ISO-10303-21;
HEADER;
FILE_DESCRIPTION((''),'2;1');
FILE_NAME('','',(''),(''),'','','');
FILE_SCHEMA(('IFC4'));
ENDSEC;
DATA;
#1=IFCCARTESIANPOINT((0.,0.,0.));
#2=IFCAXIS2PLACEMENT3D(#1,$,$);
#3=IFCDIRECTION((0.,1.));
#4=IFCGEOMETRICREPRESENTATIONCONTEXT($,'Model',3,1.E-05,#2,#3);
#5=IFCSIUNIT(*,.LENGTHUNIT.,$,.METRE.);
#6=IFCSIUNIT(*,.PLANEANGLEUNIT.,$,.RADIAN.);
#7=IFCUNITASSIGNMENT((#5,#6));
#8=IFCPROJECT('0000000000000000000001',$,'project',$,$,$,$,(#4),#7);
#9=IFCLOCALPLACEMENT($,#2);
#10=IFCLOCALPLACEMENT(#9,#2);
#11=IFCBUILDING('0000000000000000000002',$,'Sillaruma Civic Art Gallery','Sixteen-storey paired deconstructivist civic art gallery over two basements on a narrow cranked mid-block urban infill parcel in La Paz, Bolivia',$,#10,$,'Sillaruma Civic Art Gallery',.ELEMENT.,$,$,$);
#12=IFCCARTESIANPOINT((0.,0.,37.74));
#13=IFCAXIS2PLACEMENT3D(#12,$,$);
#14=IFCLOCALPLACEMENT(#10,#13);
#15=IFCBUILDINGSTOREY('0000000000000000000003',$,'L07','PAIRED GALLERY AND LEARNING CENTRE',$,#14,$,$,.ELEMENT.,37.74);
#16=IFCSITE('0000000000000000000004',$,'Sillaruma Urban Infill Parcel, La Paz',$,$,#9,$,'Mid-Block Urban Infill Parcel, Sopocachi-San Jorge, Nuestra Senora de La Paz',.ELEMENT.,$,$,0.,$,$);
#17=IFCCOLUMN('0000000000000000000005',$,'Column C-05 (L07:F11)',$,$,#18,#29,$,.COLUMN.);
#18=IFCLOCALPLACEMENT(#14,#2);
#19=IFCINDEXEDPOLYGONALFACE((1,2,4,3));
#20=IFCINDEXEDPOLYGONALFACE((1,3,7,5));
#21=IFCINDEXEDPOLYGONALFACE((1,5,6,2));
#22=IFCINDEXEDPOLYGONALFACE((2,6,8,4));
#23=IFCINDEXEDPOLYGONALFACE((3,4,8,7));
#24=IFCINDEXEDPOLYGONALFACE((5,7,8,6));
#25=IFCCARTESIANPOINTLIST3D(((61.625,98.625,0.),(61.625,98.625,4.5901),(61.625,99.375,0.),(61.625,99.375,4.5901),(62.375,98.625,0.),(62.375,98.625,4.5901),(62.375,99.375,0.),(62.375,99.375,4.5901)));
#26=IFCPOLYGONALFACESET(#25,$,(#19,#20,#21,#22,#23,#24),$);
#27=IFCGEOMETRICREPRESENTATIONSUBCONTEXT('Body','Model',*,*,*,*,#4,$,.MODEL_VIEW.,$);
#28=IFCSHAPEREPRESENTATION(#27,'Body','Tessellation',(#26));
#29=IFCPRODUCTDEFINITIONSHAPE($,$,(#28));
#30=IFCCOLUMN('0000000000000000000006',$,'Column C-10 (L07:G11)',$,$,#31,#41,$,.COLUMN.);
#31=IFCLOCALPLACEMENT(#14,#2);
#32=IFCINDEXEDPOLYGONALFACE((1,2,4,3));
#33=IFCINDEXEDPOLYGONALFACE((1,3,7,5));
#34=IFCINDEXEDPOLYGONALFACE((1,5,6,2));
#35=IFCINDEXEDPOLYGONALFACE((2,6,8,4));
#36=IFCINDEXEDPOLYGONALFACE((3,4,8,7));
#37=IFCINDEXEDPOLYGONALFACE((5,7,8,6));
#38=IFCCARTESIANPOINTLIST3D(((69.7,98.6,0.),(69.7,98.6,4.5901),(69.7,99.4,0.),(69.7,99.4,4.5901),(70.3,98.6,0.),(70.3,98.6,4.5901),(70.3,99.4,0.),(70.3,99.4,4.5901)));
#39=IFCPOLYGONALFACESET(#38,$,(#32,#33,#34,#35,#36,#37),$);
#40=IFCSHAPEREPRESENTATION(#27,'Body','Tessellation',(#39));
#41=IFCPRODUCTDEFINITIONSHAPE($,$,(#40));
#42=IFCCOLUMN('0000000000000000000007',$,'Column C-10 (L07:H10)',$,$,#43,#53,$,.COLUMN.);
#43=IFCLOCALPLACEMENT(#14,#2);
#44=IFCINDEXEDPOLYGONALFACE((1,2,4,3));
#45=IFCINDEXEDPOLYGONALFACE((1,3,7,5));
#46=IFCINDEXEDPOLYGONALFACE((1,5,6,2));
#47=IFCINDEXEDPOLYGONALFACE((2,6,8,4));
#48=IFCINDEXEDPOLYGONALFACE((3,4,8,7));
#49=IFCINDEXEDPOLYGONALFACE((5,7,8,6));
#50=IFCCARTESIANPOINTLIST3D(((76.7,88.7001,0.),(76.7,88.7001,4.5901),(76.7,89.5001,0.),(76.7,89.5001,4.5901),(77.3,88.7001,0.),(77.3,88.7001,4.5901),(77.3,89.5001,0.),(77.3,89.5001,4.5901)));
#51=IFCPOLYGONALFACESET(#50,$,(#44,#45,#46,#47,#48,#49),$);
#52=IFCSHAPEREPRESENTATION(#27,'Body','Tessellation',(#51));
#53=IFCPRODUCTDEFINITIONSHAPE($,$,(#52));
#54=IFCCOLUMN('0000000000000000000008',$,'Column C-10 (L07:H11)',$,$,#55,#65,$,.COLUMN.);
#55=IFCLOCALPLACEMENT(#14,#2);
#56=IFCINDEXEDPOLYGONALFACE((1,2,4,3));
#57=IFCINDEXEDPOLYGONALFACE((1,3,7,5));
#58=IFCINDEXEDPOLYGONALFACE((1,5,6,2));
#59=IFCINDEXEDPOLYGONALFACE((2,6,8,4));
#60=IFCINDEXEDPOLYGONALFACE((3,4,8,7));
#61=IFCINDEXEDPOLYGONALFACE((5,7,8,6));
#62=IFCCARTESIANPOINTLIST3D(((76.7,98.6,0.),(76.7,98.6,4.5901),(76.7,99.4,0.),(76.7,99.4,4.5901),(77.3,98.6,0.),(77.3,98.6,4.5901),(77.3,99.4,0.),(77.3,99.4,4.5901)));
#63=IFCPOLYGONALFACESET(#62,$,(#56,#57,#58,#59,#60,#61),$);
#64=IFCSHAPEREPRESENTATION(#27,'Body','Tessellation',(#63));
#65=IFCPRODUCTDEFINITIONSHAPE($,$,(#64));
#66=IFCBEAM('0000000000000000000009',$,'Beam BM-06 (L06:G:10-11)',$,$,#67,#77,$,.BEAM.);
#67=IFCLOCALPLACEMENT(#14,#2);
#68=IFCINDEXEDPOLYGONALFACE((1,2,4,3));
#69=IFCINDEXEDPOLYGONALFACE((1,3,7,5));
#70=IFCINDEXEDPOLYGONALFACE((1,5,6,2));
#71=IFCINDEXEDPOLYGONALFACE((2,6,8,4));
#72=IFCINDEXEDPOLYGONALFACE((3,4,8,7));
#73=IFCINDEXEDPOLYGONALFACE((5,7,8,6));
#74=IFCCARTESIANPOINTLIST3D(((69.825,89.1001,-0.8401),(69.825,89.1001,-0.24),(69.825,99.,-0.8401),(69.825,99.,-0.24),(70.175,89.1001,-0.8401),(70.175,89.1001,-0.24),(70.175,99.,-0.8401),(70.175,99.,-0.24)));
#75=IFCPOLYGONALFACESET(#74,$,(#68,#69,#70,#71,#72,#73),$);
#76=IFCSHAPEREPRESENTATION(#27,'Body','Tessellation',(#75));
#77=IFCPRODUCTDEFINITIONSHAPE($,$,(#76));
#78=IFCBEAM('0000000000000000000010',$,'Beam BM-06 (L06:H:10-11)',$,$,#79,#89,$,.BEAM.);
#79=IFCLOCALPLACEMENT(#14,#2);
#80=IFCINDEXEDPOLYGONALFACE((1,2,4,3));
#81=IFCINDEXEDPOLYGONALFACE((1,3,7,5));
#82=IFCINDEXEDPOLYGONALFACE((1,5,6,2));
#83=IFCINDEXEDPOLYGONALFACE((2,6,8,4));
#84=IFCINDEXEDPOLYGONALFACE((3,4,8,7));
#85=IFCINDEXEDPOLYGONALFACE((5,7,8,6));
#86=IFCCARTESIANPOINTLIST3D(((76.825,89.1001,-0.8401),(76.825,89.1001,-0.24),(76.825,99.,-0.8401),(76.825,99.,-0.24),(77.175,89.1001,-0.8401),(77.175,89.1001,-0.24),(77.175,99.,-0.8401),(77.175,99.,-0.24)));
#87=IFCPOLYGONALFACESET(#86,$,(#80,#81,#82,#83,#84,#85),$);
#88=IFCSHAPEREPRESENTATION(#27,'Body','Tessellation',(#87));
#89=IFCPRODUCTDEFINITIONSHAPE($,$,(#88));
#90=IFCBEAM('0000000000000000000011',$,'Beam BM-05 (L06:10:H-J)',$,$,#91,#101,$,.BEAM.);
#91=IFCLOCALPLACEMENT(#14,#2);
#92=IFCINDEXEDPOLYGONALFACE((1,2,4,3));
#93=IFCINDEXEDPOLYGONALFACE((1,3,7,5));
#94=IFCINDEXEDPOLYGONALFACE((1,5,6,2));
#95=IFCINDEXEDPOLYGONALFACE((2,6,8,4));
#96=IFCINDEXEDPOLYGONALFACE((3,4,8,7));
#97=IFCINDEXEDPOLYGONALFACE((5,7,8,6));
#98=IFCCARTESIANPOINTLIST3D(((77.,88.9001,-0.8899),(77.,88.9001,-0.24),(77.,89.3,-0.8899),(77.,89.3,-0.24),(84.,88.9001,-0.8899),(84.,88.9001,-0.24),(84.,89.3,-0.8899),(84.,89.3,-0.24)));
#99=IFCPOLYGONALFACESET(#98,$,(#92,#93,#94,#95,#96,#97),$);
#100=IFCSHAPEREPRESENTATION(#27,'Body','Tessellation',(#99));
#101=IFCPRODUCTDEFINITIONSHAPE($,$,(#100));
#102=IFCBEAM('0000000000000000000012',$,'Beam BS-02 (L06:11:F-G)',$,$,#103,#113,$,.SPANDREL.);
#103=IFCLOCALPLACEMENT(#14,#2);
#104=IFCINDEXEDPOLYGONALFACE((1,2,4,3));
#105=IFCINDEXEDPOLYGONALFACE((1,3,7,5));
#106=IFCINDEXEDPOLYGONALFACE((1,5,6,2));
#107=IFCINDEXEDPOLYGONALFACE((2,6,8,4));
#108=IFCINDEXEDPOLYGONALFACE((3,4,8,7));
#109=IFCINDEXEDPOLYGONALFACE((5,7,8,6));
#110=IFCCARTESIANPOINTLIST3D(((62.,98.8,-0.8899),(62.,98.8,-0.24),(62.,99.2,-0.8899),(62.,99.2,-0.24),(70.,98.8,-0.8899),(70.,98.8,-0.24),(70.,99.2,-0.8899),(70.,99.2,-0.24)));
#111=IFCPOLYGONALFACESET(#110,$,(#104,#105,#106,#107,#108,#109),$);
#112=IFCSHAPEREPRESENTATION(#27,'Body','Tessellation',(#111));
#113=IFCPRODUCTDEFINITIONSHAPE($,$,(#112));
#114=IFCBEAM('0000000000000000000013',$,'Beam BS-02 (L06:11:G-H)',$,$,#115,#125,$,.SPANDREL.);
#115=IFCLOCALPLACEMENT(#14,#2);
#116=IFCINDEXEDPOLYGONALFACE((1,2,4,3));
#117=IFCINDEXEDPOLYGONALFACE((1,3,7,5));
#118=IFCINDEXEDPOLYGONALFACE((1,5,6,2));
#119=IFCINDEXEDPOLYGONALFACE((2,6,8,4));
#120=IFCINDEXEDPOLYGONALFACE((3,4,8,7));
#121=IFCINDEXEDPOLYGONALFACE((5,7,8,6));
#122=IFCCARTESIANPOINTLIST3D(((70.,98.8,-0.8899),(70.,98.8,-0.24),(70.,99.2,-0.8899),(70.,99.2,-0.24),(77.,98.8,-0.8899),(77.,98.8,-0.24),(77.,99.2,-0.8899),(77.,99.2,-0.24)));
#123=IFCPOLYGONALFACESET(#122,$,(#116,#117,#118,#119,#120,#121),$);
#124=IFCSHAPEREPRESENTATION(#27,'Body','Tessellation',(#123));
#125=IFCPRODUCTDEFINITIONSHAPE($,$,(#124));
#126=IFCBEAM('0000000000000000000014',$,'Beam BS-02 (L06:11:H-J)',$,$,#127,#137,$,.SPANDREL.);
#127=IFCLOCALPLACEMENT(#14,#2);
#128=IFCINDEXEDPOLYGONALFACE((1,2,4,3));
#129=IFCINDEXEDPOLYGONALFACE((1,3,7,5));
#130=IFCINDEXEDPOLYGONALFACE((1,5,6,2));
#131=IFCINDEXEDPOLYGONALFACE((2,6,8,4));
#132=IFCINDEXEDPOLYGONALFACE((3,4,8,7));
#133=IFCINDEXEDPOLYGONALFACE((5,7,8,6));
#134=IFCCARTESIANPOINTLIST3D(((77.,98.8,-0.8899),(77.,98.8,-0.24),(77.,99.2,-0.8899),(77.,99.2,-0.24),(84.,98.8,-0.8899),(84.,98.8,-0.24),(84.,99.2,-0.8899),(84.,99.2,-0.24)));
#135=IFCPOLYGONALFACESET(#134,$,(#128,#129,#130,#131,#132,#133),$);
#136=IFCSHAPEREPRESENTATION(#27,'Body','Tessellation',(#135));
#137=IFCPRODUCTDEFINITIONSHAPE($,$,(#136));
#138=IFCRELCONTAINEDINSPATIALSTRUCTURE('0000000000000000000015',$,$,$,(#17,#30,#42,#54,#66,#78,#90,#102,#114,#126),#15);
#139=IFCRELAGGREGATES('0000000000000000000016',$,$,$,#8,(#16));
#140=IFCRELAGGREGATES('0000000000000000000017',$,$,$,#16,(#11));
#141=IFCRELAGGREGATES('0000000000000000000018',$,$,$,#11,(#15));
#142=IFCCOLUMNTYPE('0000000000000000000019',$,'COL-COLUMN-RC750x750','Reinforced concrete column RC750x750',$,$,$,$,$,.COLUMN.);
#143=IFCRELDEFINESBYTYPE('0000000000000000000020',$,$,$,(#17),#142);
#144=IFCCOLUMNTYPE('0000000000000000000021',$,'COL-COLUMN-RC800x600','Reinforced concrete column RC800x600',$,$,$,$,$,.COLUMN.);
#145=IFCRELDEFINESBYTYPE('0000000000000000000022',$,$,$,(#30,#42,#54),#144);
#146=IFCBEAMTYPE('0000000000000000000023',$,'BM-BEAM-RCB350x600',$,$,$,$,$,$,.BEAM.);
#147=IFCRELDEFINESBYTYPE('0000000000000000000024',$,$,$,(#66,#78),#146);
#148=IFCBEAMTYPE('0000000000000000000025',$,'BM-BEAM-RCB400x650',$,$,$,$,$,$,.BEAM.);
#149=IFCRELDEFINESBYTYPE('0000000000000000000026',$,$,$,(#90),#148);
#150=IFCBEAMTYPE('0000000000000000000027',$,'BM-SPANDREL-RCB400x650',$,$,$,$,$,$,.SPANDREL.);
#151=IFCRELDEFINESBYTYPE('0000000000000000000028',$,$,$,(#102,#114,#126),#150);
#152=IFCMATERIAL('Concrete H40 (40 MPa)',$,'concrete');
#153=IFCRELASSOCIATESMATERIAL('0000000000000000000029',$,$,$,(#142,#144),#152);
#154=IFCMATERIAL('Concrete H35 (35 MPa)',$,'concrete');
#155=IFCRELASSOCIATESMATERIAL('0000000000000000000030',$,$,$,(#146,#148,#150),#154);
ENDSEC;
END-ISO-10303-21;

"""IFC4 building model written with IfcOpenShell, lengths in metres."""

from ifc_helpers import new_model, si_unit, direction, frame, origin, origin_2d, place, context, subcontext, project, spatial, rectangle, extrude, material, material_profile, profile_set, type_object, element, save


model = new_model("IFC4")

# Units and contexts
model_context = context("Model", 3, precision=1e-05, world=origin(), true_north=direction((0.0, 1.0)))
body_context = subcontext(model_context, "Body", "Model", "MODEL_VIEW")
ifc_project = project(units=[si_unit("LENGTHUNIT", "METRE"), si_unit("PLANEANGLEUNIT", "RADIAN")], contexts=[model_context])

# Site, building, storey
site_placement = place(None, origin())
site = spatial("IfcSite", under=ifc_project, at=site_placement, Name="Sillaruma Urban Infill Parcel, La Paz", LongName="Mid-Block Urban Infill Parcel, Sopocachi-San Jorge, Nuestra Senora de La Paz", CompositionType="ELEMENT", RefElevation=0.0)
building_placement = place(site_placement, origin())
building = spatial("IfcBuilding", under=site, at=building_placement, Name="Sillaruma Civic Art Gallery", Description="Sixteen-storey paired deconstructivist civic art gallery over two basements on a narrow cranked mid-block urban infill parcel in La Paz, Bolivia", LongName="Sillaruma Civic Art Gallery", CompositionType="ELEMENT")
storey_placement = place(building_placement, frame((0.0, 0.0, 37.74)))
storey = spatial("IfcBuildingStorey", under=building, at=storey_placement, Name="L07", Description="PAIRED GALLERY AND LEARNING CENTRE", CompositionType="ELEMENT", Elevation=37.74)

# Columns
ifc_material_1 = material(Name="Concrete H40 (40 MPa)", Category="concrete")
ifc_material_profile_1 = material_profile(ifc_material_1, rectangle(XDim=0.75, YDim=0.75, at=origin_2d()), Name="RC750x750")
ifc_profile_set_1 = profile_set([ifc_material_profile_1], Name="Concrete H40 (40 MPa)")
column_type_1 = type_object("IfcColumnType", Name="COL-COLUMN-RC750x750", Description="Reinforced concrete column RC750x750", PredefinedType="COLUMN", material=ifc_profile_set_1)
column_placement = place(storey_placement, frame((62.0, 99.0, 0.0), z_axis=(0.0, 0.0, 1.0), x_axis=(1.0, 0.0, 0.0)))
element("IfcColumn", 1, at=column_placement, inside=storey, type_object=column_type_1, Name="Column C-05 (L07:F11)", PredefinedType="COLUMN", context=body_context, shape_type="SweptSolid", body=[
    extrude(rectangle(XDim=0.75, YDim=0.75, at=origin_2d()), origin(), (0.0, 0.0, 1.0), 4.5901),
])
ifc_material_profile_2 = material_profile(ifc_material_1, rectangle(XDim=0.6001, YDim=0.8, at=origin_2d()), Name="RC800x600")
ifc_profile_set_2 = profile_set([ifc_material_profile_2], Name="Concrete H40 (40 MPa)")
column_type_2 = type_object("IfcColumnType", Name="COL-COLUMN-RC800x600", Description="Reinforced concrete column RC800x600", PredefinedType="COLUMN", material=ifc_profile_set_2)
for number, where, z_axis, x_axis, name in (
    (2, (70.0, 99.0, 0.0), (0.0, 0.0, 1.0), (1.0, 0.0, 0.0), "Column C-10 (L07:G11)"),
    (3, (77.0, 89.1001, 0.0), (0.0, 0.0, 1.0), (1.0, 0.0, 0.0), "Column C-10 (L07:H10)"),
    (4, (77.0, 99.0, 0.0), (0.0, 0.0, 1.0), (1.0, 0.0, 0.0), "Column C-10 (L07:H11)"),
):
    element("IfcColumn", number, at=place(storey_placement, frame(where, z_axis=z_axis, x_axis=x_axis)), inside=storey, type_object=column_type_2, Name=name, PredefinedType="COLUMN", context=body_context, shape_type="SweptSolid", body=[
        extrude(rectangle(XDim=0.6001, YDim=0.8, at=origin_2d()), origin(), (0.0, 0.0, 1.0), 4.5901),
    ])

# Beams
ifc_material_2 = material(Name="Concrete H35 (35 MPa)", Category="concrete")
ifc_material_profile_3 = material_profile(ifc_material_2, rectangle(XDim=0.3501, YDim=0.6001, at=origin_2d()), Name="RCB350x600")
ifc_profile_set_3 = profile_set([ifc_material_profile_3], Name="Concrete H35 (35 MPa)")
beam_type_1 = type_object("IfcBeamType", Name="BM-BEAM-RCB350x600", PredefinedType="BEAM", material=ifc_profile_set_3)
for number, where, z_axis, x_axis, name in (
    (5, (70.0, 89.1001, -0.54), (0.0, 1.0, 0.0), (-1.0, 0.0, 0.0), "Beam BM-06 (L06:G:10-11)"),
    (6, (77.0, 89.1001, -0.54), (0.0, 1.0, 0.0), (-1.0, 0.0, 0.0), "Beam BM-06 (L06:H:10-11)"),
):
    element("IfcBeam", number, at=place(storey_placement, frame(where, z_axis=z_axis, x_axis=x_axis)), inside=storey, type_object=beam_type_1, Name=name, PredefinedType="BEAM", context=body_context, shape_type="SweptSolid", body=[
        extrude(rectangle(XDim=0.3501, YDim=0.6001, at=origin_2d()), origin(), (0.0, 0.0, 1.0), 9.8999),
    ])
ifc_material_profile_4 = material_profile(ifc_material_2, rectangle(XDim=0.3999, YDim=0.6499, at=origin_2d()), Name="RCB400x650")
ifc_profile_set_4 = profile_set([ifc_material_profile_4], Name="Concrete H35 (35 MPa)")
beam_type_2 = type_object("IfcBeamType", Name="BM-BEAM-RCB400x650", PredefinedType="BEAM", material=ifc_profile_set_4)
beam_1_placement = place(storey_placement, frame((77.0, 89.1001, -0.5649), z_axis=(1.0, 0.0, 0.0), x_axis=(0.0, 1.0, 0.0)))
element("IfcBeam", 7, at=beam_1_placement, inside=storey, type_object=beam_type_2, Name="Beam BM-05 (L06:10:H-J)", PredefinedType="BEAM", context=body_context, shape_type="SweptSolid", body=[
    extrude(rectangle(XDim=0.3999, YDim=0.6499, at=origin_2d()), origin(), (0.0, 0.0, 1.0), 7.0),
])
ifc_material_profile_5 = material_profile(ifc_material_2, rectangle(XDim=0.3999, YDim=0.6499, at=origin_2d()), Name="RCB400x650")
ifc_profile_set_5 = profile_set([ifc_material_profile_5], Name="Concrete H35 (35 MPa)")
beam_type_3 = type_object("IfcBeamType", Name="BM-SPANDREL-RCB400x650", PredefinedType="SPANDREL", material=ifc_profile_set_5)
beam_2_placement = place(storey_placement, frame((62.0, 99.0, -0.5649), z_axis=(1.0, 0.0, 0.0), x_axis=(0.0, 1.0, 0.0)))
element("IfcBeam", 8, at=beam_2_placement, inside=storey, type_object=beam_type_3, Name="Beam BS-02 (L06:11:F-G)", PredefinedType="SPANDREL", context=body_context, shape_type="SweptSolid", body=[
    extrude(rectangle(XDim=0.3999, YDim=0.6499, at=origin_2d()), origin(), (0.0, 0.0, 1.0), 8.0),
])
for number, where, z_axis, x_axis, name in (
    (9, (70.0, 99.0, -0.5649), (1.0, 0.0, 0.0), (0.0, 1.0, 0.0), "Beam BS-02 (L06:11:G-H)"),
    (10, (77.0, 99.0, -0.5649), (1.0, 0.0, 0.0), (0.0, 1.0, 0.0), "Beam BS-02 (L06:11:H-J)"),
):
    element("IfcBeam", number, at=place(storey_placement, frame(where, z_axis=z_axis, x_axis=x_axis)), inside=storey, type_object=beam_type_3, Name=name, PredefinedType="SPANDREL", context=body_context, shape_type="SweptSolid", body=[
        extrude(rectangle(XDim=0.3999, YDim=0.6499, at=origin_2d()), origin(), (0.0, 0.0, 1.0), 7.0),
    ])

save(model, "model.ifc")
